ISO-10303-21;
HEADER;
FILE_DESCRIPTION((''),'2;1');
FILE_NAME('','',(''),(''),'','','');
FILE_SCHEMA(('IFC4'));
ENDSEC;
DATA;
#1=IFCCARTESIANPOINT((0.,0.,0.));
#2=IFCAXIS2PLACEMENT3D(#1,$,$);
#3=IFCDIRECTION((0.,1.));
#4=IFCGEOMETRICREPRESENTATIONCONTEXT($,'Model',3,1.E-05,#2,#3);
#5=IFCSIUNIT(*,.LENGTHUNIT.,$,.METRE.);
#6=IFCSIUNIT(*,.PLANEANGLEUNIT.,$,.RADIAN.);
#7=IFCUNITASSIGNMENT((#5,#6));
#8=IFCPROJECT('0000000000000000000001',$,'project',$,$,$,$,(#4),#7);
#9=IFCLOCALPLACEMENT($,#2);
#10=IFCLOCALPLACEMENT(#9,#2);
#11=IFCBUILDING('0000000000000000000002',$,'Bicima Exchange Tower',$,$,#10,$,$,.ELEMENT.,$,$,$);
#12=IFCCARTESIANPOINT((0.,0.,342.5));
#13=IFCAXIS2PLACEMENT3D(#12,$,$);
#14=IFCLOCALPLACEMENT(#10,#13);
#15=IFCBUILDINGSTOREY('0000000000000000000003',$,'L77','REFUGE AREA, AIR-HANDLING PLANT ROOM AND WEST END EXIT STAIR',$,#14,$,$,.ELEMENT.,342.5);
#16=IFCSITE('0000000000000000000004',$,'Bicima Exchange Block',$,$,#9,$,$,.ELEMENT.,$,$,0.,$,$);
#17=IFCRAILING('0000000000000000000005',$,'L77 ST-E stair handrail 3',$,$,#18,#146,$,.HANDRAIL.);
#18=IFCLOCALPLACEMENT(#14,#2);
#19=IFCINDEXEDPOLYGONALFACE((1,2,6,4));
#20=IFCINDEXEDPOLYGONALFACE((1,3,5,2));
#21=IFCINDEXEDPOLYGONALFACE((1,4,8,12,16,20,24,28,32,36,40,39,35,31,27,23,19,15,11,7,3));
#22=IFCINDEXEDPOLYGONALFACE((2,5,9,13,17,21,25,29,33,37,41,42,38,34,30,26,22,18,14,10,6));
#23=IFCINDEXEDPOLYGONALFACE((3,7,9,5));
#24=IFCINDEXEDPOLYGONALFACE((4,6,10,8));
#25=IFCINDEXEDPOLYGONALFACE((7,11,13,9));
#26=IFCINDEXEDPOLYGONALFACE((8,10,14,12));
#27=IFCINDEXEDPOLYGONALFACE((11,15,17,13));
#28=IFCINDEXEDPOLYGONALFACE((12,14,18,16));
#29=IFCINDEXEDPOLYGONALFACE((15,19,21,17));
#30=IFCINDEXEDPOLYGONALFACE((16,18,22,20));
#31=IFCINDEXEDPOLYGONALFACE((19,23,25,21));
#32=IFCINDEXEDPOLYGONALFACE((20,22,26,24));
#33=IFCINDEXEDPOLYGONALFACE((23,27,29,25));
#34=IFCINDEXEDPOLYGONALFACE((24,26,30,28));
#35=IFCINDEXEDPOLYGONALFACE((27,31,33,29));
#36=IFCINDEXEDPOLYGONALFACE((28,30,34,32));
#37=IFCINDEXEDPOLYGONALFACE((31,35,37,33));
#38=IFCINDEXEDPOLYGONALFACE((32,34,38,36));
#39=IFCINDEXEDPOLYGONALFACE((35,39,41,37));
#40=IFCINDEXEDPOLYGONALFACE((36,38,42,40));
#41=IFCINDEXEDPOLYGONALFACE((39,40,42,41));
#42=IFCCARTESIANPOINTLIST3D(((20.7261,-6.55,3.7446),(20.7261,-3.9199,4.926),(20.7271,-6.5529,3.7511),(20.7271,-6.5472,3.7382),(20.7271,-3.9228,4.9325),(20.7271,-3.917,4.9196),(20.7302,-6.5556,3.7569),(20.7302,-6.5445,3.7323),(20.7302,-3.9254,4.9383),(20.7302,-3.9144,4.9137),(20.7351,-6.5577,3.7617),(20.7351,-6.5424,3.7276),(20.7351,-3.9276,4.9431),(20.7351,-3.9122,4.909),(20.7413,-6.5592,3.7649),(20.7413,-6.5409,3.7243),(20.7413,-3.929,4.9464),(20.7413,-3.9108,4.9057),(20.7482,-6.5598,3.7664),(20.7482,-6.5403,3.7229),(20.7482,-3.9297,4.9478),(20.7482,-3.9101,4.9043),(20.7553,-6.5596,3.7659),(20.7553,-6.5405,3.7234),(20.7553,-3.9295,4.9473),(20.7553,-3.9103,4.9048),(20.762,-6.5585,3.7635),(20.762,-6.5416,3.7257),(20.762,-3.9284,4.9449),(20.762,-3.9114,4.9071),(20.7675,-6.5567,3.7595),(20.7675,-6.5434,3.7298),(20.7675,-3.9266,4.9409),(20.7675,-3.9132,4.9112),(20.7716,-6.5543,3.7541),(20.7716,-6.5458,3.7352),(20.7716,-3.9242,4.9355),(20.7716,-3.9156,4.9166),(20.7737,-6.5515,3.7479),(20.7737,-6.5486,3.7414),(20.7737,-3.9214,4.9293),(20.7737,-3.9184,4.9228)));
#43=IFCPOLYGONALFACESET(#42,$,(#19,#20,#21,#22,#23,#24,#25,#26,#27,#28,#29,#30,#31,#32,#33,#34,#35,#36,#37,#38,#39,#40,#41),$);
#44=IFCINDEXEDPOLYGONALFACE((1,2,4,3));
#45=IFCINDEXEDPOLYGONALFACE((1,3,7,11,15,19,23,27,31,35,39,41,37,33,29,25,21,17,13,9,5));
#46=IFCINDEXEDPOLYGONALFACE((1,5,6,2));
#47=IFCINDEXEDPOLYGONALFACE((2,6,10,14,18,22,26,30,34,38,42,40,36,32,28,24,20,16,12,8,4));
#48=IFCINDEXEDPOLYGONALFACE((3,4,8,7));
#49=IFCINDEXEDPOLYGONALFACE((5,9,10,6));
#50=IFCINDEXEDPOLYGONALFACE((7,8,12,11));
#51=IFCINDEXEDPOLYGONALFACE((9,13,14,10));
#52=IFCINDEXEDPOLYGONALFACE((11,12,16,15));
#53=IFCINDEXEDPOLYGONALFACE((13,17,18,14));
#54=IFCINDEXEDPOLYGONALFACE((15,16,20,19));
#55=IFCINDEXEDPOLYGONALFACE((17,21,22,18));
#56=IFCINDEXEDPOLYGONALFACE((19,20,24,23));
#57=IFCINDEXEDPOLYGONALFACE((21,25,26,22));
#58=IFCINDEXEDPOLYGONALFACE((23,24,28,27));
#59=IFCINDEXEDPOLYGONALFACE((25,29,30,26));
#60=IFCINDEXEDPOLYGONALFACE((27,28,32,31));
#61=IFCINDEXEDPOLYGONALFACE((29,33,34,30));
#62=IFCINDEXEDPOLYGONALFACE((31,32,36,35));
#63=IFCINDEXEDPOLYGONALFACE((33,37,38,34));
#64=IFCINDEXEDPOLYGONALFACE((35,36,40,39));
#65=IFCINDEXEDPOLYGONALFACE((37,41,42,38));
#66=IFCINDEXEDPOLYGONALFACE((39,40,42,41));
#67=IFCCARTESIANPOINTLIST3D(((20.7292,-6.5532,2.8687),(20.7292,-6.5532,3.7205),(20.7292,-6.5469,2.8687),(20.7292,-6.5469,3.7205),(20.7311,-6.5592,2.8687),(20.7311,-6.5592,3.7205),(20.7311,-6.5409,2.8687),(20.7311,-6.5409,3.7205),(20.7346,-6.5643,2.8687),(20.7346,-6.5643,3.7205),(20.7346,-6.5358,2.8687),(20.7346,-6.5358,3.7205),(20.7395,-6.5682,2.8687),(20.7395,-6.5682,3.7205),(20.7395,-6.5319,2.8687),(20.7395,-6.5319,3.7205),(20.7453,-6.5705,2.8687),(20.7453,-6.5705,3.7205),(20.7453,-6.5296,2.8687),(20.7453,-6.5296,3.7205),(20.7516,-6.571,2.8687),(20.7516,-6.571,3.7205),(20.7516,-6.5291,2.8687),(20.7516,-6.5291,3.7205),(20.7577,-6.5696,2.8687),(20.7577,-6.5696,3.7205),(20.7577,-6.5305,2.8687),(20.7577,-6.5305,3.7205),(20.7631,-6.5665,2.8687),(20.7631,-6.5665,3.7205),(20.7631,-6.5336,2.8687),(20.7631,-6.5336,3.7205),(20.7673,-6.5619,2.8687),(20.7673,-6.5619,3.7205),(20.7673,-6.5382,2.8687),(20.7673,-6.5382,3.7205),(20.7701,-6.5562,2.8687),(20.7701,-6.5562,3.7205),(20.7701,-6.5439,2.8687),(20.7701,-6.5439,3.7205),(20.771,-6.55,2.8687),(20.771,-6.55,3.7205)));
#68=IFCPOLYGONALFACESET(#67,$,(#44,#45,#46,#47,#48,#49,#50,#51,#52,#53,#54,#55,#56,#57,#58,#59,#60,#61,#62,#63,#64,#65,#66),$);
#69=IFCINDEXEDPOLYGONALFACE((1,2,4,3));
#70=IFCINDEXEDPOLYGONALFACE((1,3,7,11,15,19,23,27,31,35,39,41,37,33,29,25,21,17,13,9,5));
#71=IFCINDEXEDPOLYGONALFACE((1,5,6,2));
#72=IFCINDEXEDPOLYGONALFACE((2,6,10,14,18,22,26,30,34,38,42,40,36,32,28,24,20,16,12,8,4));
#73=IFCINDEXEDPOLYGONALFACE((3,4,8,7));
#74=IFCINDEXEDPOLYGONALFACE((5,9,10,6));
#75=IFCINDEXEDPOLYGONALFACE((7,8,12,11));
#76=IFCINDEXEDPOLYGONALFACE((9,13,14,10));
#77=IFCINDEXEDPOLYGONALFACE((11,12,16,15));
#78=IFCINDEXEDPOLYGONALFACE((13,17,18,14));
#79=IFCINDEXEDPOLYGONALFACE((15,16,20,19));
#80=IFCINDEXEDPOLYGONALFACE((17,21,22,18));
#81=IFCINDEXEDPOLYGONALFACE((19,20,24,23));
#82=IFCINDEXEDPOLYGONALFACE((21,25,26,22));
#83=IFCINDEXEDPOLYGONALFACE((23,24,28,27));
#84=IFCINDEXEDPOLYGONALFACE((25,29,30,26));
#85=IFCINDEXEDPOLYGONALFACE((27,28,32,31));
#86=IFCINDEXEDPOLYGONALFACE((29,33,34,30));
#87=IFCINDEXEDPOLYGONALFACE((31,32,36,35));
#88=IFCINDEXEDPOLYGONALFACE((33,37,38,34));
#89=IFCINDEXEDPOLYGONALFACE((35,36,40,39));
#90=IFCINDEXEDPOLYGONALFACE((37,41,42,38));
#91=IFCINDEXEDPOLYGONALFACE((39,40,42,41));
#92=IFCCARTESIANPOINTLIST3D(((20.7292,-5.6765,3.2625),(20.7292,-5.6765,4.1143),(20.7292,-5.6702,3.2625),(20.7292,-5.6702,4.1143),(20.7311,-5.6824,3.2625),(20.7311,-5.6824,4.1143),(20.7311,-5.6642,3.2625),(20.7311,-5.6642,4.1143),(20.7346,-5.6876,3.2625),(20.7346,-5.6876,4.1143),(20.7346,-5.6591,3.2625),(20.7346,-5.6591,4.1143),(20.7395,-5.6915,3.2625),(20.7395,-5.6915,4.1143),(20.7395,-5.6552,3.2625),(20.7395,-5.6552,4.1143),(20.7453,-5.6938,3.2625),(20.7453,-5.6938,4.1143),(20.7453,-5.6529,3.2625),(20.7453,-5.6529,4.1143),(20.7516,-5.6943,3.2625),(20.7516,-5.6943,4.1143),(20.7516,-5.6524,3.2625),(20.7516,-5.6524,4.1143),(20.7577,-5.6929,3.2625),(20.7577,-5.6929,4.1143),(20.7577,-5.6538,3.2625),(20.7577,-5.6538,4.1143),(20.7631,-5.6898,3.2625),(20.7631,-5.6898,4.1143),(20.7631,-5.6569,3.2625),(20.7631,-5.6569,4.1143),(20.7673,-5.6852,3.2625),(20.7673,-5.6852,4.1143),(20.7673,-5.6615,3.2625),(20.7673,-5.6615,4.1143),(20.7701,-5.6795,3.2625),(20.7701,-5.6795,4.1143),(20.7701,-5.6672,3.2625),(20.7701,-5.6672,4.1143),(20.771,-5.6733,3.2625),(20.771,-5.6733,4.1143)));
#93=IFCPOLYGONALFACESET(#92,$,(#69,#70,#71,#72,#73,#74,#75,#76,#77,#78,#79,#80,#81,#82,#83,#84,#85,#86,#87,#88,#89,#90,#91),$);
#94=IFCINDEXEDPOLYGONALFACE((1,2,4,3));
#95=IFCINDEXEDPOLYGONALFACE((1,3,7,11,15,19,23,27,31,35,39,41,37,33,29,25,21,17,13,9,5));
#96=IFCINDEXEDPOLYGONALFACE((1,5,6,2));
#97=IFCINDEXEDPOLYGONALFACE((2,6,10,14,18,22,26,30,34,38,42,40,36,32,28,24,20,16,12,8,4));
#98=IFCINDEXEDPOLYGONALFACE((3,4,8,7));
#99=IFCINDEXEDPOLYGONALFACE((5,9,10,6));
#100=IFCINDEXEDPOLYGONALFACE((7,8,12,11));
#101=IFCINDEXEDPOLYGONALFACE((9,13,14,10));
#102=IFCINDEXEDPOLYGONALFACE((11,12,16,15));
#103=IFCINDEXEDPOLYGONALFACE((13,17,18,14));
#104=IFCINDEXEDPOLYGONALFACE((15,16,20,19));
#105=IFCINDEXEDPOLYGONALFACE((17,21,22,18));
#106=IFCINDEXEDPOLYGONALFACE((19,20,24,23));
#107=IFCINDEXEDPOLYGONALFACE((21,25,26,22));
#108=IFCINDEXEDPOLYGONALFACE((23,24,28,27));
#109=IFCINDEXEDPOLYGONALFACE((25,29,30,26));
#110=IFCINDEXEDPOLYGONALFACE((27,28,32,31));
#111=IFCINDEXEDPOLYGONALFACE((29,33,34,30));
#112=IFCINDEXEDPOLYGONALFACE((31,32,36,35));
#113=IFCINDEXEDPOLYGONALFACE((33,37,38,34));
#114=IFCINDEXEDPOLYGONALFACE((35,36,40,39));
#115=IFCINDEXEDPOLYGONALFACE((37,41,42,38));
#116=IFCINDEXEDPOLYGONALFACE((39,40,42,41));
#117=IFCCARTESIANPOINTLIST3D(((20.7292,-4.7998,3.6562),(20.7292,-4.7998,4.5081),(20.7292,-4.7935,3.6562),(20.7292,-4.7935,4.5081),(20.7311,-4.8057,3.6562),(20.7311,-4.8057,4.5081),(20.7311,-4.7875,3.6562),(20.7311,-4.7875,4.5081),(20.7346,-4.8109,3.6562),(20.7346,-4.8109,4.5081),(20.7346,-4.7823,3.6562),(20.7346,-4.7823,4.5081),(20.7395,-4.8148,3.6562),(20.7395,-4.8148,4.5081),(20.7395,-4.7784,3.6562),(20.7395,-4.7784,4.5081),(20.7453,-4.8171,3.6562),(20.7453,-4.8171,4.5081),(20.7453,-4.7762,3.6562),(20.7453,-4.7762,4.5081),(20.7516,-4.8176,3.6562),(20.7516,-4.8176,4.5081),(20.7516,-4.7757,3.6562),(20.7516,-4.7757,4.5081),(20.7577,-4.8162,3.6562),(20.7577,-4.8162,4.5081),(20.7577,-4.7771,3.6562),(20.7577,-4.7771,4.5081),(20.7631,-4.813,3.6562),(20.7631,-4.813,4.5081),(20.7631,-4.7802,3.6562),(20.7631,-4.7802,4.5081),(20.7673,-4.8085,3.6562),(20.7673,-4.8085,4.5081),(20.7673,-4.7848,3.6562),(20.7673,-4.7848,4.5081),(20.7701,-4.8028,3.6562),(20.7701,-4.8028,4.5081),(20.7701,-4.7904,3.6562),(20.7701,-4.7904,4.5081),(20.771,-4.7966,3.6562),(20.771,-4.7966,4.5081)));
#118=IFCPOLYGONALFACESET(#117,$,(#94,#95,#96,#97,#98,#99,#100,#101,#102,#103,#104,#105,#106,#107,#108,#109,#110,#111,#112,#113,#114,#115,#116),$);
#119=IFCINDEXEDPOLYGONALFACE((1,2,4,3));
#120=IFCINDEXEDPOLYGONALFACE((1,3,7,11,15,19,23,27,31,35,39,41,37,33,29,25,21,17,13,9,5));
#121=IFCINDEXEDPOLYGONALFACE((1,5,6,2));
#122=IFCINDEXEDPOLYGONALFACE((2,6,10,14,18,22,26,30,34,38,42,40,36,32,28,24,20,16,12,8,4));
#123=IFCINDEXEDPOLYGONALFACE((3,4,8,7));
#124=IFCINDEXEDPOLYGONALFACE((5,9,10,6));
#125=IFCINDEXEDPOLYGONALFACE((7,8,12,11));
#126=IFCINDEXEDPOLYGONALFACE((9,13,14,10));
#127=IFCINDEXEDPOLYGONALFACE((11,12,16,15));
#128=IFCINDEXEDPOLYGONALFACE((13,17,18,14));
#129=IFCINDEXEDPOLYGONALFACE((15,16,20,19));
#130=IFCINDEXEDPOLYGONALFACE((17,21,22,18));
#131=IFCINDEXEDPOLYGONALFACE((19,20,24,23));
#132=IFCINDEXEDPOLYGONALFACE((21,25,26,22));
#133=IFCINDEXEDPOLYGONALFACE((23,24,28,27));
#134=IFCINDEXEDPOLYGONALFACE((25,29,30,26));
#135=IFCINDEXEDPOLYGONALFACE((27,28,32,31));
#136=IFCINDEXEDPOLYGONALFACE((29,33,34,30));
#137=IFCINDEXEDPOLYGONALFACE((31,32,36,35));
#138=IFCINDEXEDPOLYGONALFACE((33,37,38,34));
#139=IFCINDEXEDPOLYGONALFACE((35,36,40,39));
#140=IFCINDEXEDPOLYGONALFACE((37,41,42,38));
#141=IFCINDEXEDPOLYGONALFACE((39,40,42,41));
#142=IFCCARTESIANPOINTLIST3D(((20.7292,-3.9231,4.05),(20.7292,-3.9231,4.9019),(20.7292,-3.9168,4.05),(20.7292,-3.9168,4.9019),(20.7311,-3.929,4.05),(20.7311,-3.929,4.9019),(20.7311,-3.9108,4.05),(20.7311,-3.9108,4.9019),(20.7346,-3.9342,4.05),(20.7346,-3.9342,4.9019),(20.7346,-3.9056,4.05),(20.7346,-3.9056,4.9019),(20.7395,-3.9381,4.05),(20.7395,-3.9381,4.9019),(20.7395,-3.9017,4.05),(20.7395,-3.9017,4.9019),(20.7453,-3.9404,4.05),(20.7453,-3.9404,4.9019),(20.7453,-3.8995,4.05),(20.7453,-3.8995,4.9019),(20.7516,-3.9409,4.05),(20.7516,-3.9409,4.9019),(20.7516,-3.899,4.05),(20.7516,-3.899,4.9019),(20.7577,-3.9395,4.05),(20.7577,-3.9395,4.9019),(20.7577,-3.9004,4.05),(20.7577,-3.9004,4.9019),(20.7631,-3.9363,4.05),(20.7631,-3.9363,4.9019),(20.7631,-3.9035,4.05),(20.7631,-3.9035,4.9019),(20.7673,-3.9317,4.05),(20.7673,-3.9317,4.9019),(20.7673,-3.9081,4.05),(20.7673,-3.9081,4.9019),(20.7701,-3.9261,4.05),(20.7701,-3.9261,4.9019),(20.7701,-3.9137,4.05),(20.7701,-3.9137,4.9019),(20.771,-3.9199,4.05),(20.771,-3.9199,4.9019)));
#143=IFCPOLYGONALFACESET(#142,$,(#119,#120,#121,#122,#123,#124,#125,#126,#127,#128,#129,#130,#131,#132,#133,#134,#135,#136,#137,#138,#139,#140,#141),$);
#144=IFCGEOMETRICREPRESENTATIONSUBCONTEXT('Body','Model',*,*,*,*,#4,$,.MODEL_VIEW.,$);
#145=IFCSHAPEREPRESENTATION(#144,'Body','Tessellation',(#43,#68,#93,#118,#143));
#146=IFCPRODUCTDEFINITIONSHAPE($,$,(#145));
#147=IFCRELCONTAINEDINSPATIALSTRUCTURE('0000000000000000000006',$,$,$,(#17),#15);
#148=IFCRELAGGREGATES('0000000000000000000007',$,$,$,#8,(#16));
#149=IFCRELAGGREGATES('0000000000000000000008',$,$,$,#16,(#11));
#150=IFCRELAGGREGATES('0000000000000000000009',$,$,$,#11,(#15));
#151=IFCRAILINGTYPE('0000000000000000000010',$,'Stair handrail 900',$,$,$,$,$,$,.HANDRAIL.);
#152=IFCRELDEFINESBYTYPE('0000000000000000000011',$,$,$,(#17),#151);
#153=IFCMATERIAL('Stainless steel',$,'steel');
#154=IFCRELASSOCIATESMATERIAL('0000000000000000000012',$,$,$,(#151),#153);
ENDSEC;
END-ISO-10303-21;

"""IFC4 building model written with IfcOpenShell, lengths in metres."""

from ifc_helpers import new_model, si_unit, direction, frame, origin, origin_2d, place, context, subcontext, project, spatial, circle, extrude, material, type_object, element, save


model = new_model("IFC4")

# Units and contexts
model_context = context("Model", 3, precision=1e-05, world=origin(), true_north=direction((0.0, 1.0)))
body_context = subcontext(model_context, "Body", "Model", "MODEL_VIEW")
ifc_project = project(units=[si_unit("LENGTHUNIT", "METRE"), si_unit("PLANEANGLEUNIT", "RADIAN")], contexts=[model_context])

# Site, building, storey
site_placement = place(None, origin())
site = spatial("IfcSite", under=ifc_project, at=site_placement, Name="Bicima Exchange Block", CompositionType="ELEMENT", RefElevation=0.0)
building_placement = place(site_placement, origin())
building = spatial("IfcBuilding", under=site, at=building_placement, Name="Bicima Exchange Tower", CompositionType="ELEMENT")
storey_placement = place(building_placement, frame((0.0, 0.0, 342.5)))
storey = spatial("IfcBuildingStorey", under=building, at=storey_placement, Name="L77", Description="REFUGE AREA, AIR-HANDLING PLANT ROOM AND WEST END EXIT STAIR", CompositionType="ELEMENT", Elevation=342.5)

# Railing
ifc_material_1 = material(Name="Stainless steel", Category="steel")
railing_type_1 = type_object("IfcRailingType", Name="Stair handrail 900", PredefinedType="HANDRAIL", material=ifc_material_1)
railing_1_placement = place(storey_placement, frame((20.75, -6.55, 2.8687)))
element("IfcRailing", 1, at=railing_1_placement, inside=storey, type_object=railing_type_1, Name="L77 ST-E stair handrail 3", PredefinedType="HANDRAIL", context=body_context, shape_type="SweptSolid", body=[
    extrude(circle(Radius=0.0239, at=origin_2d()), frame((0.0, 0.0, 0.876), z_axis=(0.0, 0.912202, 0.409741), x_axis=(-1.0, 0.0, 0.0)), (0.0, 0.0, 1.0), 2.8833),
    extrude(circle(Radius=0.021, at=origin_2d()), origin(), (0.0, 0.0, 1.0), 0.8518),
    extrude(circle(Radius=0.021, at=origin_2d()), frame((0.0, 0.8767, 0.3938)), (0.0, 0.0, 1.0), 0.8518),
    extrude(circle(Radius=0.021, at=origin_2d()), frame((0.0, 1.7534, 0.7876)), (0.0, 0.0, 1.0), 0.8518),
    extrude(circle(Radius=0.021, at=origin_2d()), frame((0.0, 2.6301, 1.1814)), (0.0, 0.0, 1.0), 0.8518),
])

save(model, "model.ifc")
